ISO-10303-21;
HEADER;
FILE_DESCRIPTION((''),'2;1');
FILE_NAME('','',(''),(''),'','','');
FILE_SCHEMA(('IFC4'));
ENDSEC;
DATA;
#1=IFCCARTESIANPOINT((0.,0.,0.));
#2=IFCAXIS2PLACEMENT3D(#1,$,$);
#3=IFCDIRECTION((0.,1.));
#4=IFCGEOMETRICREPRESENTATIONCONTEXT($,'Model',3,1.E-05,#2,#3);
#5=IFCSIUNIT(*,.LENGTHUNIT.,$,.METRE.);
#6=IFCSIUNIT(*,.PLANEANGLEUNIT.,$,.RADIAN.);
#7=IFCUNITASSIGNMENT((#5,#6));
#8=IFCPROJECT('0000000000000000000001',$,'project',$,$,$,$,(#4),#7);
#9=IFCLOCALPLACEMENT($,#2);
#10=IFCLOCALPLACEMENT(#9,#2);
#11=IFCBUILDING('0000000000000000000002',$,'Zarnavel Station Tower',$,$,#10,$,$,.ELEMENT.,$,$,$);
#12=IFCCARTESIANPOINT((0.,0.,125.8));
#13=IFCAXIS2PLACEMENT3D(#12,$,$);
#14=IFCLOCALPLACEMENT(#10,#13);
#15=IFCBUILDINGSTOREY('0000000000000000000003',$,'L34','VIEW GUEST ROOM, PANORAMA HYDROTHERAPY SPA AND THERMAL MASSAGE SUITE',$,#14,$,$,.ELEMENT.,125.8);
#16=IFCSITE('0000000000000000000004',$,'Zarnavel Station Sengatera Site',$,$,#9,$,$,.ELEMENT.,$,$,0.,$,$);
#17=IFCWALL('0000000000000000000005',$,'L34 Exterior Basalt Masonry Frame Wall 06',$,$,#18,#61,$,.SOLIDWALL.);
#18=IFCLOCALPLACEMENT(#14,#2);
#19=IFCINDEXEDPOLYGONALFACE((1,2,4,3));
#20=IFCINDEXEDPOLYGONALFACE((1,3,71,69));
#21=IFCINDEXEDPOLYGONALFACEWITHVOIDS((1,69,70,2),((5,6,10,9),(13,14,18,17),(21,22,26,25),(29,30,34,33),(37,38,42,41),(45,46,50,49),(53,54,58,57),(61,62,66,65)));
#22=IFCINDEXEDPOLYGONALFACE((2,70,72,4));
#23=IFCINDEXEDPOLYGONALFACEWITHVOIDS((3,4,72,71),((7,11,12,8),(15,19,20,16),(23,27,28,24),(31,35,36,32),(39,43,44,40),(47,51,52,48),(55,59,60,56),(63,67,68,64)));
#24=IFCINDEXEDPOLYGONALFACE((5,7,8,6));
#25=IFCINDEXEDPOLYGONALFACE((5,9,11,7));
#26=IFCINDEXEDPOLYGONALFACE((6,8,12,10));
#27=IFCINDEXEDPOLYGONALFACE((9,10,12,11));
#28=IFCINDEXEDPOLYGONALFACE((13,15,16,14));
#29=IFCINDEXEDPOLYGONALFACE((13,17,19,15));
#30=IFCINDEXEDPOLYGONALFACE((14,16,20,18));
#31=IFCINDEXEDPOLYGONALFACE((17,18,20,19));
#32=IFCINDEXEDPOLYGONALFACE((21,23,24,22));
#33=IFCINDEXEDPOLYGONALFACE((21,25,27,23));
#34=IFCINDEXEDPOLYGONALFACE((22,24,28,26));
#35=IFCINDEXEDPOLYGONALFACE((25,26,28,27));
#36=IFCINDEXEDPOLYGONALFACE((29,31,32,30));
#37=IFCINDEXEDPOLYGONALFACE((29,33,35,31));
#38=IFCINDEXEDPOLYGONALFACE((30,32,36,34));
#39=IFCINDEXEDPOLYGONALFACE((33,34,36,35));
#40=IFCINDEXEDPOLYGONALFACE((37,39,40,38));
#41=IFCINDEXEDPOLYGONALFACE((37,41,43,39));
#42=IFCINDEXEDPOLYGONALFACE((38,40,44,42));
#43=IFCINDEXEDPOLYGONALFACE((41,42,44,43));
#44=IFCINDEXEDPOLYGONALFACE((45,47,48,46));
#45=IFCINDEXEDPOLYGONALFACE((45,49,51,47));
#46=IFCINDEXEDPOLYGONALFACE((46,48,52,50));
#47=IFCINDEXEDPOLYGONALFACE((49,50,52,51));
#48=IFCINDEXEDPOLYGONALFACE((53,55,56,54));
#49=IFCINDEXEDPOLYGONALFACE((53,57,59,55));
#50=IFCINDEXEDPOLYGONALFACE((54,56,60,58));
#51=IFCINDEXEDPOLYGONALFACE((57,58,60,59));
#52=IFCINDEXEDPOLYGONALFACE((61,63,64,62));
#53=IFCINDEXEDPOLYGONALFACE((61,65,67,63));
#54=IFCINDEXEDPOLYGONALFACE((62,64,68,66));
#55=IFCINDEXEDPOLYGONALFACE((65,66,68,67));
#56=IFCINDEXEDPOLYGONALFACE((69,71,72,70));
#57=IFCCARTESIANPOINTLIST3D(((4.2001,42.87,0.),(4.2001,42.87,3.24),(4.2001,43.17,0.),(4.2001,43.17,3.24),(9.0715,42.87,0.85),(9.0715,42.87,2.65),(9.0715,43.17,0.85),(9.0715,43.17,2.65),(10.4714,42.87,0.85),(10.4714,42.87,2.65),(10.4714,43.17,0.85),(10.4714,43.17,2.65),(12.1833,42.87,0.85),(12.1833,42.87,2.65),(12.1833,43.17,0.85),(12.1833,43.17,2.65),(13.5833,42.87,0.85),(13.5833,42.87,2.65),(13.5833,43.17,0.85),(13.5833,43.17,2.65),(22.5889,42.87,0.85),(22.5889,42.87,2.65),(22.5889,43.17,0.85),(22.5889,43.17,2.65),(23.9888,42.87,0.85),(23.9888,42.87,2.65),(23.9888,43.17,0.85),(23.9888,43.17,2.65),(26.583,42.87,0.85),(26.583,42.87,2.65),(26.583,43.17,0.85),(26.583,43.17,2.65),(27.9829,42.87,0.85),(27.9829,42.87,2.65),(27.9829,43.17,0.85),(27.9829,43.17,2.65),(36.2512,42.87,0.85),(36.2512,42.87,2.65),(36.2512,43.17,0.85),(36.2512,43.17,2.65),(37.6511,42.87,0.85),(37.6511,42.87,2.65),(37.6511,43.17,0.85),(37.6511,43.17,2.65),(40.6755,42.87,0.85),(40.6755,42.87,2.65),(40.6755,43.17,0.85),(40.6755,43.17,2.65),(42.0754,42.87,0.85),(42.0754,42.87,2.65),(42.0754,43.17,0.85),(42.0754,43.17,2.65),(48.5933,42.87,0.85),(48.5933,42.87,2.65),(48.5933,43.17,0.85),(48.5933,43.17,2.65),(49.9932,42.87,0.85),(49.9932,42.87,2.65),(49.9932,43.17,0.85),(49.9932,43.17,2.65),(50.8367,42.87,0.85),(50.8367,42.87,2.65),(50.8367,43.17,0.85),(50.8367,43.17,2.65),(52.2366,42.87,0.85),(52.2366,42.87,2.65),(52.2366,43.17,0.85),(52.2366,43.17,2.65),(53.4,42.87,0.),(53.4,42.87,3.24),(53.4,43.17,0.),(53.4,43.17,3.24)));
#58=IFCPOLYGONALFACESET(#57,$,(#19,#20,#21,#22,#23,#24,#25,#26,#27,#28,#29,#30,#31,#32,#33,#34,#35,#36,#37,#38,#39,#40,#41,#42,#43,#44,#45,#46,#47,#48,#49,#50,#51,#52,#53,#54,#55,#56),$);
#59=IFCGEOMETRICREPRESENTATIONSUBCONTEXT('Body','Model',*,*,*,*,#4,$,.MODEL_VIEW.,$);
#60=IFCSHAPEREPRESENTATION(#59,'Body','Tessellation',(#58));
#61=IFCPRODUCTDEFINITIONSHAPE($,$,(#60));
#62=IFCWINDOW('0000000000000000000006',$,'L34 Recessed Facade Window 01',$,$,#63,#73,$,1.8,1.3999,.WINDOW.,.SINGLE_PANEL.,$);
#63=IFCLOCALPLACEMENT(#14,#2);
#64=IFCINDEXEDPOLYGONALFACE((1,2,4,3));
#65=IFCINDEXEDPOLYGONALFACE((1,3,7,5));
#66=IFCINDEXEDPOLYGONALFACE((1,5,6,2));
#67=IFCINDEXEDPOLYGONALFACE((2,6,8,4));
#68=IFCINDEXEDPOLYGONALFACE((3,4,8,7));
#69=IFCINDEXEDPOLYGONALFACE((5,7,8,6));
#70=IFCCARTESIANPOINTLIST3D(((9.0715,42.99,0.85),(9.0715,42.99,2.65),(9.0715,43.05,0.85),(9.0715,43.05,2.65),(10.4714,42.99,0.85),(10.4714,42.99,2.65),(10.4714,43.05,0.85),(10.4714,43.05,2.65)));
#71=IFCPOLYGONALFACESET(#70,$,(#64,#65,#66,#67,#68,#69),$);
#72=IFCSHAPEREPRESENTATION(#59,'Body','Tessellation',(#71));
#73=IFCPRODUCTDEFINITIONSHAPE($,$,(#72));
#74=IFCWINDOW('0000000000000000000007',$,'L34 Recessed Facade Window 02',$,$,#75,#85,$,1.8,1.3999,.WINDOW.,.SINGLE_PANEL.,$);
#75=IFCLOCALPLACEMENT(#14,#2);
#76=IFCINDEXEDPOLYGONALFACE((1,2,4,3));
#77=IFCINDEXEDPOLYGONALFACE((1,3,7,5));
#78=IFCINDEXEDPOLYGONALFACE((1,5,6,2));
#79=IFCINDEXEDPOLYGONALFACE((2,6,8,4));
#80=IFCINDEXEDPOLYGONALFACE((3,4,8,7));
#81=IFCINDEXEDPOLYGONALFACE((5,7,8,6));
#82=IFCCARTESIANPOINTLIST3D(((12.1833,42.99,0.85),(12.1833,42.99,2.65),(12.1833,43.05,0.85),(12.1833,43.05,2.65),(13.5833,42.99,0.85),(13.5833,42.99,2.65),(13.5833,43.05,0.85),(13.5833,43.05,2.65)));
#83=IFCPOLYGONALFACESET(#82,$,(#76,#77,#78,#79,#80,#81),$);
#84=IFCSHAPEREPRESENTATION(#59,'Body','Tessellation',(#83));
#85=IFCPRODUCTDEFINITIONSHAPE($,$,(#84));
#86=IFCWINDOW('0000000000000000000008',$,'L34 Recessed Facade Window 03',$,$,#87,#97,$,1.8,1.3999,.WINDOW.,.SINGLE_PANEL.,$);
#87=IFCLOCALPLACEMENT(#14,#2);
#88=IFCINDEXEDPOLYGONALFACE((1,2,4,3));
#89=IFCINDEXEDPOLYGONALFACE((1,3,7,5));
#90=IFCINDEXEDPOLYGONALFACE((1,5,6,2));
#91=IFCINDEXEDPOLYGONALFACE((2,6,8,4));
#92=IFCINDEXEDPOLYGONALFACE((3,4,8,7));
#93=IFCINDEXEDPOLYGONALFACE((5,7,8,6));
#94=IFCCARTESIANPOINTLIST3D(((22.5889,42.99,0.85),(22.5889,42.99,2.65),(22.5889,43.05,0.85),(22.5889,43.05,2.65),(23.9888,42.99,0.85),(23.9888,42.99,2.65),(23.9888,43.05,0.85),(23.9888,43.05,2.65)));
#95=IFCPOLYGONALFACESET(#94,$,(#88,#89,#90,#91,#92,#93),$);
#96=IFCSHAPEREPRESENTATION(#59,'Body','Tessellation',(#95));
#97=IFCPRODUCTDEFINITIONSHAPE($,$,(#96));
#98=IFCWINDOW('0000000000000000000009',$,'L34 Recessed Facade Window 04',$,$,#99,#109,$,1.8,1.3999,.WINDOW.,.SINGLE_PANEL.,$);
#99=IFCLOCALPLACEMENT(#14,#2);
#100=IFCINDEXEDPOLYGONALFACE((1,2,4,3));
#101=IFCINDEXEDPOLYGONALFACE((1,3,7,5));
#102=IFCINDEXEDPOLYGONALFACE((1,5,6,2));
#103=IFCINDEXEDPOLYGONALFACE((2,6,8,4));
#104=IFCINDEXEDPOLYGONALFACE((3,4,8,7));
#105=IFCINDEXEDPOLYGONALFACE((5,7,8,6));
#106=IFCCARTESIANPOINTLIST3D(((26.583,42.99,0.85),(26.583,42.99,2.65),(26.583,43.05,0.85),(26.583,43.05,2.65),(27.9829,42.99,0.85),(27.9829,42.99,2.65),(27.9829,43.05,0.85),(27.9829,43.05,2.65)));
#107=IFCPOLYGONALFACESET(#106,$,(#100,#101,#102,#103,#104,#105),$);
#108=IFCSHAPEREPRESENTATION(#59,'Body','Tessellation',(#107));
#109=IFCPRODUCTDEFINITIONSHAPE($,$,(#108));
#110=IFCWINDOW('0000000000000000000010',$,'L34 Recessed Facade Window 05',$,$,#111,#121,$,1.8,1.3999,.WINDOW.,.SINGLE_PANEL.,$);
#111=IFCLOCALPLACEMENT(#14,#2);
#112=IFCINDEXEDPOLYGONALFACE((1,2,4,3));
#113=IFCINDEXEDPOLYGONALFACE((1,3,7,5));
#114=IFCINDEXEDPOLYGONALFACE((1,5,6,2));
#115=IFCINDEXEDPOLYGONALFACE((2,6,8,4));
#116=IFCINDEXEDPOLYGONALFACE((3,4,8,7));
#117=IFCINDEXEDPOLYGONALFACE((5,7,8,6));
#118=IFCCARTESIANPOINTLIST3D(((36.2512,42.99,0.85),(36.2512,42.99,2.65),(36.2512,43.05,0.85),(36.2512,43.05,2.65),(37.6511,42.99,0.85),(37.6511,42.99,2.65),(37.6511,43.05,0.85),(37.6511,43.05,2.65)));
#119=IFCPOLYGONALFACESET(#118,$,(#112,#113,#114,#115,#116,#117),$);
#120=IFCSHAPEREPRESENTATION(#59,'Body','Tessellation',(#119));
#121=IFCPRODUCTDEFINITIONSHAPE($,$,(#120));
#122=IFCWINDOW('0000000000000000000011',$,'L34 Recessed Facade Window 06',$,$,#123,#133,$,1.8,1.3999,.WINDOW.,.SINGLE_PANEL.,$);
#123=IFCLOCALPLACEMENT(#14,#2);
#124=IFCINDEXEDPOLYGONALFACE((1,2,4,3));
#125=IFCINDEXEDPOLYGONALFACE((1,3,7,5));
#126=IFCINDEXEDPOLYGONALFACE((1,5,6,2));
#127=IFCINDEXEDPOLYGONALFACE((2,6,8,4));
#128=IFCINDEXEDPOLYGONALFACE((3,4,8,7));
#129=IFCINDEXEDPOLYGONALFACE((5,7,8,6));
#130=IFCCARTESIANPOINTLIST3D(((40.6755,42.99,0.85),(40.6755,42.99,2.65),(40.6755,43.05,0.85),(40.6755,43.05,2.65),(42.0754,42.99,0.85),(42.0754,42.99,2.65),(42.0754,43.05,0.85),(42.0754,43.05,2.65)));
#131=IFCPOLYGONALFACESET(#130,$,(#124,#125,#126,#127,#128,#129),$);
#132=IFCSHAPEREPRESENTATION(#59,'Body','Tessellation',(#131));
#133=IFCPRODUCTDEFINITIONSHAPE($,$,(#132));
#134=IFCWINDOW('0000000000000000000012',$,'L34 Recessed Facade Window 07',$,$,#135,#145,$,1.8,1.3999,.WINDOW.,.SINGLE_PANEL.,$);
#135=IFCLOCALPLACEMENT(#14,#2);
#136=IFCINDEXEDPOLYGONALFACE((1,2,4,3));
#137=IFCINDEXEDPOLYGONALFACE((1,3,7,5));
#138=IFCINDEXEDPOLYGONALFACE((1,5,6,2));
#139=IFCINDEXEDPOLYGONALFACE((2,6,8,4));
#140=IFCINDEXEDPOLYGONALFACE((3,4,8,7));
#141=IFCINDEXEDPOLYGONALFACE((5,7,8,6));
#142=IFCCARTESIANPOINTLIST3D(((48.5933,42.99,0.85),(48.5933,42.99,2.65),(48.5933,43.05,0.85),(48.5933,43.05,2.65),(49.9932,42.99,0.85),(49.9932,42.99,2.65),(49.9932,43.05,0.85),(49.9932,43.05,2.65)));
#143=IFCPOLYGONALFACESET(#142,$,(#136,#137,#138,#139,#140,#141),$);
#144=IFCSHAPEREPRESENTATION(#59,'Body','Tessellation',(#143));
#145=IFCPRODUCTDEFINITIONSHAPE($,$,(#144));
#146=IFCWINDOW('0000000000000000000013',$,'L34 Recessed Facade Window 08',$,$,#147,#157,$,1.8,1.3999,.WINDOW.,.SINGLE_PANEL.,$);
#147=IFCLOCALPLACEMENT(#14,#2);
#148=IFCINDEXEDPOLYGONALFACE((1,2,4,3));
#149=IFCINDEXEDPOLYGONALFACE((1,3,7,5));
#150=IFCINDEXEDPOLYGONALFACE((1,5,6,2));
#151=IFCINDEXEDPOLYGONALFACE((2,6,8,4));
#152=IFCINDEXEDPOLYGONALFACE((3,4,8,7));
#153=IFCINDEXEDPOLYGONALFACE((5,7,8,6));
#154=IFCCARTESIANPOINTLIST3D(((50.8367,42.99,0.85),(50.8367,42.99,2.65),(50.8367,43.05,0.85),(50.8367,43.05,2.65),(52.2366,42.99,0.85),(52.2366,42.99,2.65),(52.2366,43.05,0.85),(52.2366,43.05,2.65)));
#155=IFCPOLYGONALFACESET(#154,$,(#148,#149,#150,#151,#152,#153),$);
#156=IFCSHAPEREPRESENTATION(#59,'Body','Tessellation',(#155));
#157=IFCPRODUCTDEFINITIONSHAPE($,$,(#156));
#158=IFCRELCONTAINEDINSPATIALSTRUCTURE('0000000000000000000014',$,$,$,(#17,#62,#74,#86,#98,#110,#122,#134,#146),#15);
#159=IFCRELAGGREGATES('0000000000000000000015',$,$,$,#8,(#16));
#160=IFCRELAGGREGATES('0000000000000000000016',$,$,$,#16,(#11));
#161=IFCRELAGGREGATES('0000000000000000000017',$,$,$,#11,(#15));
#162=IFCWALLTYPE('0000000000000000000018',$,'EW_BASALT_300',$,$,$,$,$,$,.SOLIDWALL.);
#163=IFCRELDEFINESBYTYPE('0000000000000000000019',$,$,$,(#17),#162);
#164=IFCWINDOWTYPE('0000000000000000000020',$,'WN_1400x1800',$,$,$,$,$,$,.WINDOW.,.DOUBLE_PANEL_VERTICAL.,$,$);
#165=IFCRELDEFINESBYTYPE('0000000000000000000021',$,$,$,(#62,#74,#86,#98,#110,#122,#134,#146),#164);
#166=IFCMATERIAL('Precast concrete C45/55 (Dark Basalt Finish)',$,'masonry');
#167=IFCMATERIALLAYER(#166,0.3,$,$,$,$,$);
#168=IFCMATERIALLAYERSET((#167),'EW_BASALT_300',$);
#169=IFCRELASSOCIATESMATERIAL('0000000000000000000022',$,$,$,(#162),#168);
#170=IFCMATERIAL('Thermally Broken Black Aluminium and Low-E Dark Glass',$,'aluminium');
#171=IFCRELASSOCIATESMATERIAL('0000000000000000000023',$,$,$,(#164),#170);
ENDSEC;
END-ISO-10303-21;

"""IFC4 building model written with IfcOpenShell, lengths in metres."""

from ifc_helpers import new_model, si_unit, direction, frame, frame_2d, origin, place, context, subcontext, project, spatial, rectangle, extrude, material, layer, layer_set, type_object, element, fill, save


model = new_model("IFC4")

# Units and contexts
model_context = context("Model", 3, precision=1e-05, world=origin(), true_north=direction((0.0, 1.0)))
body_context = subcontext(model_context, "Body", "Model", "MODEL_VIEW")
ifc_project = project(units=[si_unit("LENGTHUNIT", "METRE"), si_unit("PLANEANGLEUNIT", "RADIAN")], contexts=[model_context])

# Site, building, storey
site_placement = place(None, origin())
site = spatial("IfcSite", under=ifc_project, at=site_placement, Name="Zarnavel Station Sengatera Site", CompositionType="ELEMENT", RefElevation=0.0)
building_placement = place(site_placement, origin())
building = spatial("IfcBuilding", under=site, at=building_placement, Name="Zarnavel Station Tower", CompositionType="ELEMENT")
storey_placement = place(building_placement, frame((0.0, 0.0, 125.8)))
storey = spatial("IfcBuildingStorey", under=building, at=storey_placement, Name="L34", Description="VIEW GUEST ROOM, PANORAMA HYDROTHERAPY SPA AND THERMAL MASSAGE SUITE", CompositionType="ELEMENT", Elevation=125.8)

# Wall, openings, windows
ifc_material_1 = material(Name="Precast concrete C45/55 (Dark Basalt Finish)", Category="masonry")
ifc_layer_1 = layer(ifc_material_1, 0.3)
ifc_layer_set_1 = layer_set([ifc_layer_1], Name="EW_BASALT_300")
wall_type_1 = type_object("IfcWallType", Name="EW_BASALT_300", PredefinedType="SOLIDWALL", material=ifc_layer_set_1)
wall_1_placement = place(storey_placement, frame((4.2, 43.02, 0.0), z_axis=(0.0, 0.0, 1.0), x_axis=(1.0, 0.0, 0.0)))
wall_1 = element("IfcWall", 1, at=wall_1_placement, inside=storey, type_object=wall_type_1, Name="L34 Exterior Basalt Masonry Frame Wall 06", PredefinedType="SOLIDWALL", context=body_context, shape_type="SweptSolid", body=[
    extrude(rectangle(XDim=49.2, YDim=0.3, at=frame_2d((24.6001, 0.0))), origin(), (0.0, 0.0, 1.0), 3.24),
])
opening_1_placement = place(wall_1_placement, frame((4.8716, 0.0, 0.8501)))
opening_1 = element("IfcOpeningElement", 2, at=opening_1_placement, cuts=wall_1, PredefinedType="OPENING", context=body_context, shape_type="SweptSolid", body=[
    extrude(rectangle(XDim=1.3999, YDim=1.8, at=frame_2d((0.7, 0.8999))), frame((0.0, 0.1599, 0.0), z_axis=(0.0, -1.0, 0.0), x_axis=(1.0, 0.0, 0.0)), (0.0, 0.0, 1.0), 0.3201),
])
opening_2_placement = place(wall_1_placement, frame((7.9834, 0.0, 0.8501)))
opening_2 = element("IfcOpeningElement", 3, at=opening_2_placement, cuts=wall_1, PredefinedType="OPENING", context=body_context, shape_type="SweptSolid", body=[
    extrude(rectangle(XDim=1.3999, YDim=1.8, at=frame_2d((0.7, 0.8999))), frame((0.0, 0.1599, 0.0), z_axis=(0.0, -1.0, 0.0), x_axis=(1.0, 0.0, 0.0)), (0.0, 0.0, 1.0), 0.3201),
])
opening_3_placement = place(wall_1_placement, frame((18.3889, 0.0, 0.8501)))
opening_3 = element("IfcOpeningElement", 4, at=opening_3_placement, cuts=wall_1, PredefinedType="OPENING", context=body_context, shape_type="SweptSolid", body=[
    extrude(rectangle(XDim=1.3999, YDim=1.8, at=frame_2d((0.7, 0.8999))), frame((0.0, 0.1599, 0.0), z_axis=(0.0, -1.0, 0.0), x_axis=(1.0, 0.0, 0.0)), (0.0, 0.0, 1.0), 0.3201),
])
opening_4_placement = place(wall_1_placement, frame((22.3831, 0.0, 0.8501)))
opening_4 = element("IfcOpeningElement", 5, at=opening_4_placement, cuts=wall_1, PredefinedType="OPENING", context=body_context, shape_type="SweptSolid", body=[
    extrude(rectangle(XDim=1.3999, YDim=1.8, at=frame_2d((0.7, 0.8999))), frame((0.0, 0.1599, 0.0), z_axis=(0.0, -1.0, 0.0), x_axis=(1.0, 0.0, 0.0)), (0.0, 0.0, 1.0), 0.3201),
])
opening_5_placement = place(wall_1_placement, frame((32.0513, 0.0, 0.8501)))
opening_5 = element("IfcOpeningElement", 6, at=opening_5_placement, cuts=wall_1, PredefinedType="OPENING", context=body_context, shape_type="SweptSolid", body=[
    extrude(rectangle(XDim=1.3999, YDim=1.8, at=frame_2d((0.7, 0.8999))), frame((0.0, 0.1599, 0.0), z_axis=(0.0, -1.0, 0.0), x_axis=(1.0, 0.0, 0.0)), (0.0, 0.0, 1.0), 0.3201),
])
opening_6_placement = place(wall_1_placement, frame((36.4756, 0.0, 0.8501)))
opening_6 = element("IfcOpeningElement", 7, at=opening_6_placement, cuts=wall_1, PredefinedType="OPENING", context=body_context, shape_type="SweptSolid", body=[
    extrude(rectangle(XDim=1.3999, YDim=1.8, at=frame_2d((0.7, 0.8999))), frame((0.0, 0.1599, 0.0), z_axis=(0.0, -1.0, 0.0), x_axis=(1.0, 0.0, 0.0)), (0.0, 0.0, 1.0), 0.3201),
])
opening_7_placement = place(wall_1_placement, frame((44.3933, 0.0, 0.8501)))
opening_7 = element("IfcOpeningElement", 8, at=opening_7_placement, cuts=wall_1, PredefinedType="OPENING", context=body_context, shape_type="SweptSolid", body=[
    extrude(rectangle(XDim=1.3999, YDim=1.8, at=frame_2d((0.7, 0.8999))), frame((0.0, 0.1599, 0.0), z_axis=(0.0, -1.0, 0.0), x_axis=(1.0, 0.0, 0.0)), (0.0, 0.0, 1.0), 0.3201),
])
opening_8_placement = place(wall_1_placement, frame((46.6367, 0.0, 0.8501)))
opening_8 = element("IfcOpeningElement", 9, at=opening_8_placement, cuts=wall_1, PredefinedType="OPENING", context=body_context, shape_type="SweptSolid", body=[
    extrude(rectangle(XDim=1.3999, YDim=1.8, at=frame_2d((0.7, 0.8999))), frame((0.0, 0.1599, 0.0), z_axis=(0.0, -1.0, 0.0), x_axis=(1.0, 0.0, 0.0)), (0.0, 0.0, 1.0), 0.3201),
])
ifc_material_2 = material(Name="Thermally Broken Black Aluminium and Low-E Dark Glass", Category="aluminium")
window_type = type_object("IfcWindowType", Name="WN_1400x1800", PartitioningType="DOUBLE_PANEL_VERTICAL", PredefinedType="WINDOW", material=ifc_material_2)
window_1_placement = place(opening_1_placement, origin())
window_1 = element("IfcWindow", 10, at=window_1_placement, inside=storey, type_object=window_type, Name="L34 Recessed Facade Window 01", OverallHeight=1.8, OverallWidth=1.3999, PartitioningType="SINGLE_PANEL", PredefinedType="WINDOW", context=body_context, shape_type="SweptSolid", body=[
    extrude(rectangle(XDim=1.3999, YDim=1.8, at=frame_2d((0.7, 0.8999))), frame((0.0, 0.03, 0.0), z_axis=(0.0, -1.0, 0.0), x_axis=(1.0, 0.0, 0.0)), (0.0, 0.0, 1.0), 0.0601),
])
fill(opening_1, window_1)
window_2_placement = place(opening_2_placement, origin())
window_2 = element("IfcWindow", 11, at=window_2_placement, inside=storey, type_object=window_type, Name="L34 Recessed Facade Window 02", OverallHeight=1.8, OverallWidth=1.3999, PartitioningType="SINGLE_PANEL", PredefinedType="WINDOW", context=body_context, shape_type="SweptSolid", body=[
    extrude(rectangle(XDim=1.3999, YDim=1.8, at=frame_2d((0.7, 0.8999))), frame((0.0, 0.03, 0.0), z_axis=(0.0, -1.0, 0.0), x_axis=(1.0, 0.0, 0.0)), (0.0, 0.0, 1.0), 0.0601),
])
fill(opening_2, window_2)
window_3_placement = place(opening_3_placement, origin())
window_3 = element("IfcWindow", 12, at=window_3_placement, inside=storey, type_object=window_type, Name="L34 Recessed Facade Window 03", OverallHeight=1.8, OverallWidth=1.3999, PartitioningType="SINGLE_PANEL", PredefinedType="WINDOW", context=body_context, shape_type="SweptSolid", body=[
    extrude(rectangle(XDim=1.3999, YDim=1.8, at=frame_2d((0.7, 0.8999))), frame((0.0, 0.03, 0.0), z_axis=(0.0, -1.0, 0.0), x_axis=(1.0, 0.0, 0.0)), (0.0, 0.0, 1.0), 0.0601),
])
fill(opening_3, window_3)
window_4_placement = place(opening_4_placement, origin())
window_4 = element("IfcWindow", 13, at=window_4_placement, inside=storey, type_object=window_type, Name="L34 Recessed Facade Window 04", OverallHeight=1.8, OverallWidth=1.3999, PartitioningType="SINGLE_PANEL", PredefinedType="WINDOW", context=body_context, shape_type="SweptSolid", body=[
    extrude(rectangle(XDim=1.3999, YDim=1.8, at=frame_2d((0.7, 0.8999))), frame((0.0, 0.03, 0.0), z_axis=(0.0, -1.0, 0.0), x_axis=(1.0, 0.0, 0.0)), (0.0, 0.0, 1.0), 0.0601),
])
fill(opening_4, window_4)
window_5_placement = place(opening_5_placement, origin())
window_5 = element("IfcWindow", 14, at=window_5_placement, inside=storey, type_object=window_type, Name="L34 Recessed Facade Window 05", OverallHeight=1.8, OverallWidth=1.3999, PartitioningType="SINGLE_PANEL", PredefinedType="WINDOW", context=body_context, shape_type="SweptSolid", body=[
    extrude(rectangle(XDim=1.3999, YDim=1.8, at=frame_2d((0.7, 0.8999))), frame((0.0, 0.03, 0.0), z_axis=(0.0, -1.0, 0.0), x_axis=(1.0, 0.0, 0.0)), (0.0, 0.0, 1.0), 0.0601),
])
fill(opening_5, window_5)
window_6_placement = place(opening_6_placement, origin())
window_6 = element("IfcWindow", 15, at=window_6_placement, inside=storey, type_object=window_type, Name="L34 Recessed Facade Window 06", OverallHeight=1.8, OverallWidth=1.3999, PartitioningType="SINGLE_PANEL", PredefinedType="WINDOW", context=body_context, shape_type="SweptSolid", body=[
    extrude(rectangle(XDim=1.3999, YDim=1.8, at=frame_2d((0.7, 0.8999))), frame((0.0, 0.03, 0.0), z_axis=(0.0, -1.0, 0.0), x_axis=(1.0, 0.0, 0.0)), (0.0, 0.0, 1.0), 0.0601),
])
fill(opening_6, window_6)
window_7_placement = place(opening_7_placement, origin())
window_7 = element("IfcWindow", 16, at=window_7_placement, inside=storey, type_object=window_type, Name="L34 Recessed Facade Window 07", OverallHeight=1.8, OverallWidth=1.3999, PartitioningType="SINGLE_PANEL", PredefinedType="WINDOW", context=body_context, shape_type="SweptSolid", body=[
    extrude(rectangle(XDim=1.3999, YDim=1.8, at=frame_2d((0.7, 0.8999))), frame((0.0, 0.03, 0.0), z_axis=(0.0, -1.0, 0.0), x_axis=(1.0, 0.0, 0.0)), (0.0, 0.0, 1.0), 0.0601),
])
fill(opening_7, window_7)
window_8_placement = place(opening_8_placement, origin())
window_8 = element("IfcWindow", 17, at=window_8_placement, inside=storey, type_object=window_type, Name="L34 Recessed Facade Window 08", OverallHeight=1.8, OverallWidth=1.3999, PartitioningType="SINGLE_PANEL", PredefinedType="WINDOW", context=body_context, shape_type="SweptSolid", body=[
    extrude(rectangle(XDim=1.3999, YDim=1.8, at=frame_2d((0.7, 0.8999))), frame((0.0, 0.03, 0.0), z_axis=(0.0, -1.0, 0.0), x_axis=(1.0, 0.0, 0.0)), (0.0, 0.0, 1.0), 0.0601),
])
fill(opening_8, window_8)

save(model, "model.ifc")
